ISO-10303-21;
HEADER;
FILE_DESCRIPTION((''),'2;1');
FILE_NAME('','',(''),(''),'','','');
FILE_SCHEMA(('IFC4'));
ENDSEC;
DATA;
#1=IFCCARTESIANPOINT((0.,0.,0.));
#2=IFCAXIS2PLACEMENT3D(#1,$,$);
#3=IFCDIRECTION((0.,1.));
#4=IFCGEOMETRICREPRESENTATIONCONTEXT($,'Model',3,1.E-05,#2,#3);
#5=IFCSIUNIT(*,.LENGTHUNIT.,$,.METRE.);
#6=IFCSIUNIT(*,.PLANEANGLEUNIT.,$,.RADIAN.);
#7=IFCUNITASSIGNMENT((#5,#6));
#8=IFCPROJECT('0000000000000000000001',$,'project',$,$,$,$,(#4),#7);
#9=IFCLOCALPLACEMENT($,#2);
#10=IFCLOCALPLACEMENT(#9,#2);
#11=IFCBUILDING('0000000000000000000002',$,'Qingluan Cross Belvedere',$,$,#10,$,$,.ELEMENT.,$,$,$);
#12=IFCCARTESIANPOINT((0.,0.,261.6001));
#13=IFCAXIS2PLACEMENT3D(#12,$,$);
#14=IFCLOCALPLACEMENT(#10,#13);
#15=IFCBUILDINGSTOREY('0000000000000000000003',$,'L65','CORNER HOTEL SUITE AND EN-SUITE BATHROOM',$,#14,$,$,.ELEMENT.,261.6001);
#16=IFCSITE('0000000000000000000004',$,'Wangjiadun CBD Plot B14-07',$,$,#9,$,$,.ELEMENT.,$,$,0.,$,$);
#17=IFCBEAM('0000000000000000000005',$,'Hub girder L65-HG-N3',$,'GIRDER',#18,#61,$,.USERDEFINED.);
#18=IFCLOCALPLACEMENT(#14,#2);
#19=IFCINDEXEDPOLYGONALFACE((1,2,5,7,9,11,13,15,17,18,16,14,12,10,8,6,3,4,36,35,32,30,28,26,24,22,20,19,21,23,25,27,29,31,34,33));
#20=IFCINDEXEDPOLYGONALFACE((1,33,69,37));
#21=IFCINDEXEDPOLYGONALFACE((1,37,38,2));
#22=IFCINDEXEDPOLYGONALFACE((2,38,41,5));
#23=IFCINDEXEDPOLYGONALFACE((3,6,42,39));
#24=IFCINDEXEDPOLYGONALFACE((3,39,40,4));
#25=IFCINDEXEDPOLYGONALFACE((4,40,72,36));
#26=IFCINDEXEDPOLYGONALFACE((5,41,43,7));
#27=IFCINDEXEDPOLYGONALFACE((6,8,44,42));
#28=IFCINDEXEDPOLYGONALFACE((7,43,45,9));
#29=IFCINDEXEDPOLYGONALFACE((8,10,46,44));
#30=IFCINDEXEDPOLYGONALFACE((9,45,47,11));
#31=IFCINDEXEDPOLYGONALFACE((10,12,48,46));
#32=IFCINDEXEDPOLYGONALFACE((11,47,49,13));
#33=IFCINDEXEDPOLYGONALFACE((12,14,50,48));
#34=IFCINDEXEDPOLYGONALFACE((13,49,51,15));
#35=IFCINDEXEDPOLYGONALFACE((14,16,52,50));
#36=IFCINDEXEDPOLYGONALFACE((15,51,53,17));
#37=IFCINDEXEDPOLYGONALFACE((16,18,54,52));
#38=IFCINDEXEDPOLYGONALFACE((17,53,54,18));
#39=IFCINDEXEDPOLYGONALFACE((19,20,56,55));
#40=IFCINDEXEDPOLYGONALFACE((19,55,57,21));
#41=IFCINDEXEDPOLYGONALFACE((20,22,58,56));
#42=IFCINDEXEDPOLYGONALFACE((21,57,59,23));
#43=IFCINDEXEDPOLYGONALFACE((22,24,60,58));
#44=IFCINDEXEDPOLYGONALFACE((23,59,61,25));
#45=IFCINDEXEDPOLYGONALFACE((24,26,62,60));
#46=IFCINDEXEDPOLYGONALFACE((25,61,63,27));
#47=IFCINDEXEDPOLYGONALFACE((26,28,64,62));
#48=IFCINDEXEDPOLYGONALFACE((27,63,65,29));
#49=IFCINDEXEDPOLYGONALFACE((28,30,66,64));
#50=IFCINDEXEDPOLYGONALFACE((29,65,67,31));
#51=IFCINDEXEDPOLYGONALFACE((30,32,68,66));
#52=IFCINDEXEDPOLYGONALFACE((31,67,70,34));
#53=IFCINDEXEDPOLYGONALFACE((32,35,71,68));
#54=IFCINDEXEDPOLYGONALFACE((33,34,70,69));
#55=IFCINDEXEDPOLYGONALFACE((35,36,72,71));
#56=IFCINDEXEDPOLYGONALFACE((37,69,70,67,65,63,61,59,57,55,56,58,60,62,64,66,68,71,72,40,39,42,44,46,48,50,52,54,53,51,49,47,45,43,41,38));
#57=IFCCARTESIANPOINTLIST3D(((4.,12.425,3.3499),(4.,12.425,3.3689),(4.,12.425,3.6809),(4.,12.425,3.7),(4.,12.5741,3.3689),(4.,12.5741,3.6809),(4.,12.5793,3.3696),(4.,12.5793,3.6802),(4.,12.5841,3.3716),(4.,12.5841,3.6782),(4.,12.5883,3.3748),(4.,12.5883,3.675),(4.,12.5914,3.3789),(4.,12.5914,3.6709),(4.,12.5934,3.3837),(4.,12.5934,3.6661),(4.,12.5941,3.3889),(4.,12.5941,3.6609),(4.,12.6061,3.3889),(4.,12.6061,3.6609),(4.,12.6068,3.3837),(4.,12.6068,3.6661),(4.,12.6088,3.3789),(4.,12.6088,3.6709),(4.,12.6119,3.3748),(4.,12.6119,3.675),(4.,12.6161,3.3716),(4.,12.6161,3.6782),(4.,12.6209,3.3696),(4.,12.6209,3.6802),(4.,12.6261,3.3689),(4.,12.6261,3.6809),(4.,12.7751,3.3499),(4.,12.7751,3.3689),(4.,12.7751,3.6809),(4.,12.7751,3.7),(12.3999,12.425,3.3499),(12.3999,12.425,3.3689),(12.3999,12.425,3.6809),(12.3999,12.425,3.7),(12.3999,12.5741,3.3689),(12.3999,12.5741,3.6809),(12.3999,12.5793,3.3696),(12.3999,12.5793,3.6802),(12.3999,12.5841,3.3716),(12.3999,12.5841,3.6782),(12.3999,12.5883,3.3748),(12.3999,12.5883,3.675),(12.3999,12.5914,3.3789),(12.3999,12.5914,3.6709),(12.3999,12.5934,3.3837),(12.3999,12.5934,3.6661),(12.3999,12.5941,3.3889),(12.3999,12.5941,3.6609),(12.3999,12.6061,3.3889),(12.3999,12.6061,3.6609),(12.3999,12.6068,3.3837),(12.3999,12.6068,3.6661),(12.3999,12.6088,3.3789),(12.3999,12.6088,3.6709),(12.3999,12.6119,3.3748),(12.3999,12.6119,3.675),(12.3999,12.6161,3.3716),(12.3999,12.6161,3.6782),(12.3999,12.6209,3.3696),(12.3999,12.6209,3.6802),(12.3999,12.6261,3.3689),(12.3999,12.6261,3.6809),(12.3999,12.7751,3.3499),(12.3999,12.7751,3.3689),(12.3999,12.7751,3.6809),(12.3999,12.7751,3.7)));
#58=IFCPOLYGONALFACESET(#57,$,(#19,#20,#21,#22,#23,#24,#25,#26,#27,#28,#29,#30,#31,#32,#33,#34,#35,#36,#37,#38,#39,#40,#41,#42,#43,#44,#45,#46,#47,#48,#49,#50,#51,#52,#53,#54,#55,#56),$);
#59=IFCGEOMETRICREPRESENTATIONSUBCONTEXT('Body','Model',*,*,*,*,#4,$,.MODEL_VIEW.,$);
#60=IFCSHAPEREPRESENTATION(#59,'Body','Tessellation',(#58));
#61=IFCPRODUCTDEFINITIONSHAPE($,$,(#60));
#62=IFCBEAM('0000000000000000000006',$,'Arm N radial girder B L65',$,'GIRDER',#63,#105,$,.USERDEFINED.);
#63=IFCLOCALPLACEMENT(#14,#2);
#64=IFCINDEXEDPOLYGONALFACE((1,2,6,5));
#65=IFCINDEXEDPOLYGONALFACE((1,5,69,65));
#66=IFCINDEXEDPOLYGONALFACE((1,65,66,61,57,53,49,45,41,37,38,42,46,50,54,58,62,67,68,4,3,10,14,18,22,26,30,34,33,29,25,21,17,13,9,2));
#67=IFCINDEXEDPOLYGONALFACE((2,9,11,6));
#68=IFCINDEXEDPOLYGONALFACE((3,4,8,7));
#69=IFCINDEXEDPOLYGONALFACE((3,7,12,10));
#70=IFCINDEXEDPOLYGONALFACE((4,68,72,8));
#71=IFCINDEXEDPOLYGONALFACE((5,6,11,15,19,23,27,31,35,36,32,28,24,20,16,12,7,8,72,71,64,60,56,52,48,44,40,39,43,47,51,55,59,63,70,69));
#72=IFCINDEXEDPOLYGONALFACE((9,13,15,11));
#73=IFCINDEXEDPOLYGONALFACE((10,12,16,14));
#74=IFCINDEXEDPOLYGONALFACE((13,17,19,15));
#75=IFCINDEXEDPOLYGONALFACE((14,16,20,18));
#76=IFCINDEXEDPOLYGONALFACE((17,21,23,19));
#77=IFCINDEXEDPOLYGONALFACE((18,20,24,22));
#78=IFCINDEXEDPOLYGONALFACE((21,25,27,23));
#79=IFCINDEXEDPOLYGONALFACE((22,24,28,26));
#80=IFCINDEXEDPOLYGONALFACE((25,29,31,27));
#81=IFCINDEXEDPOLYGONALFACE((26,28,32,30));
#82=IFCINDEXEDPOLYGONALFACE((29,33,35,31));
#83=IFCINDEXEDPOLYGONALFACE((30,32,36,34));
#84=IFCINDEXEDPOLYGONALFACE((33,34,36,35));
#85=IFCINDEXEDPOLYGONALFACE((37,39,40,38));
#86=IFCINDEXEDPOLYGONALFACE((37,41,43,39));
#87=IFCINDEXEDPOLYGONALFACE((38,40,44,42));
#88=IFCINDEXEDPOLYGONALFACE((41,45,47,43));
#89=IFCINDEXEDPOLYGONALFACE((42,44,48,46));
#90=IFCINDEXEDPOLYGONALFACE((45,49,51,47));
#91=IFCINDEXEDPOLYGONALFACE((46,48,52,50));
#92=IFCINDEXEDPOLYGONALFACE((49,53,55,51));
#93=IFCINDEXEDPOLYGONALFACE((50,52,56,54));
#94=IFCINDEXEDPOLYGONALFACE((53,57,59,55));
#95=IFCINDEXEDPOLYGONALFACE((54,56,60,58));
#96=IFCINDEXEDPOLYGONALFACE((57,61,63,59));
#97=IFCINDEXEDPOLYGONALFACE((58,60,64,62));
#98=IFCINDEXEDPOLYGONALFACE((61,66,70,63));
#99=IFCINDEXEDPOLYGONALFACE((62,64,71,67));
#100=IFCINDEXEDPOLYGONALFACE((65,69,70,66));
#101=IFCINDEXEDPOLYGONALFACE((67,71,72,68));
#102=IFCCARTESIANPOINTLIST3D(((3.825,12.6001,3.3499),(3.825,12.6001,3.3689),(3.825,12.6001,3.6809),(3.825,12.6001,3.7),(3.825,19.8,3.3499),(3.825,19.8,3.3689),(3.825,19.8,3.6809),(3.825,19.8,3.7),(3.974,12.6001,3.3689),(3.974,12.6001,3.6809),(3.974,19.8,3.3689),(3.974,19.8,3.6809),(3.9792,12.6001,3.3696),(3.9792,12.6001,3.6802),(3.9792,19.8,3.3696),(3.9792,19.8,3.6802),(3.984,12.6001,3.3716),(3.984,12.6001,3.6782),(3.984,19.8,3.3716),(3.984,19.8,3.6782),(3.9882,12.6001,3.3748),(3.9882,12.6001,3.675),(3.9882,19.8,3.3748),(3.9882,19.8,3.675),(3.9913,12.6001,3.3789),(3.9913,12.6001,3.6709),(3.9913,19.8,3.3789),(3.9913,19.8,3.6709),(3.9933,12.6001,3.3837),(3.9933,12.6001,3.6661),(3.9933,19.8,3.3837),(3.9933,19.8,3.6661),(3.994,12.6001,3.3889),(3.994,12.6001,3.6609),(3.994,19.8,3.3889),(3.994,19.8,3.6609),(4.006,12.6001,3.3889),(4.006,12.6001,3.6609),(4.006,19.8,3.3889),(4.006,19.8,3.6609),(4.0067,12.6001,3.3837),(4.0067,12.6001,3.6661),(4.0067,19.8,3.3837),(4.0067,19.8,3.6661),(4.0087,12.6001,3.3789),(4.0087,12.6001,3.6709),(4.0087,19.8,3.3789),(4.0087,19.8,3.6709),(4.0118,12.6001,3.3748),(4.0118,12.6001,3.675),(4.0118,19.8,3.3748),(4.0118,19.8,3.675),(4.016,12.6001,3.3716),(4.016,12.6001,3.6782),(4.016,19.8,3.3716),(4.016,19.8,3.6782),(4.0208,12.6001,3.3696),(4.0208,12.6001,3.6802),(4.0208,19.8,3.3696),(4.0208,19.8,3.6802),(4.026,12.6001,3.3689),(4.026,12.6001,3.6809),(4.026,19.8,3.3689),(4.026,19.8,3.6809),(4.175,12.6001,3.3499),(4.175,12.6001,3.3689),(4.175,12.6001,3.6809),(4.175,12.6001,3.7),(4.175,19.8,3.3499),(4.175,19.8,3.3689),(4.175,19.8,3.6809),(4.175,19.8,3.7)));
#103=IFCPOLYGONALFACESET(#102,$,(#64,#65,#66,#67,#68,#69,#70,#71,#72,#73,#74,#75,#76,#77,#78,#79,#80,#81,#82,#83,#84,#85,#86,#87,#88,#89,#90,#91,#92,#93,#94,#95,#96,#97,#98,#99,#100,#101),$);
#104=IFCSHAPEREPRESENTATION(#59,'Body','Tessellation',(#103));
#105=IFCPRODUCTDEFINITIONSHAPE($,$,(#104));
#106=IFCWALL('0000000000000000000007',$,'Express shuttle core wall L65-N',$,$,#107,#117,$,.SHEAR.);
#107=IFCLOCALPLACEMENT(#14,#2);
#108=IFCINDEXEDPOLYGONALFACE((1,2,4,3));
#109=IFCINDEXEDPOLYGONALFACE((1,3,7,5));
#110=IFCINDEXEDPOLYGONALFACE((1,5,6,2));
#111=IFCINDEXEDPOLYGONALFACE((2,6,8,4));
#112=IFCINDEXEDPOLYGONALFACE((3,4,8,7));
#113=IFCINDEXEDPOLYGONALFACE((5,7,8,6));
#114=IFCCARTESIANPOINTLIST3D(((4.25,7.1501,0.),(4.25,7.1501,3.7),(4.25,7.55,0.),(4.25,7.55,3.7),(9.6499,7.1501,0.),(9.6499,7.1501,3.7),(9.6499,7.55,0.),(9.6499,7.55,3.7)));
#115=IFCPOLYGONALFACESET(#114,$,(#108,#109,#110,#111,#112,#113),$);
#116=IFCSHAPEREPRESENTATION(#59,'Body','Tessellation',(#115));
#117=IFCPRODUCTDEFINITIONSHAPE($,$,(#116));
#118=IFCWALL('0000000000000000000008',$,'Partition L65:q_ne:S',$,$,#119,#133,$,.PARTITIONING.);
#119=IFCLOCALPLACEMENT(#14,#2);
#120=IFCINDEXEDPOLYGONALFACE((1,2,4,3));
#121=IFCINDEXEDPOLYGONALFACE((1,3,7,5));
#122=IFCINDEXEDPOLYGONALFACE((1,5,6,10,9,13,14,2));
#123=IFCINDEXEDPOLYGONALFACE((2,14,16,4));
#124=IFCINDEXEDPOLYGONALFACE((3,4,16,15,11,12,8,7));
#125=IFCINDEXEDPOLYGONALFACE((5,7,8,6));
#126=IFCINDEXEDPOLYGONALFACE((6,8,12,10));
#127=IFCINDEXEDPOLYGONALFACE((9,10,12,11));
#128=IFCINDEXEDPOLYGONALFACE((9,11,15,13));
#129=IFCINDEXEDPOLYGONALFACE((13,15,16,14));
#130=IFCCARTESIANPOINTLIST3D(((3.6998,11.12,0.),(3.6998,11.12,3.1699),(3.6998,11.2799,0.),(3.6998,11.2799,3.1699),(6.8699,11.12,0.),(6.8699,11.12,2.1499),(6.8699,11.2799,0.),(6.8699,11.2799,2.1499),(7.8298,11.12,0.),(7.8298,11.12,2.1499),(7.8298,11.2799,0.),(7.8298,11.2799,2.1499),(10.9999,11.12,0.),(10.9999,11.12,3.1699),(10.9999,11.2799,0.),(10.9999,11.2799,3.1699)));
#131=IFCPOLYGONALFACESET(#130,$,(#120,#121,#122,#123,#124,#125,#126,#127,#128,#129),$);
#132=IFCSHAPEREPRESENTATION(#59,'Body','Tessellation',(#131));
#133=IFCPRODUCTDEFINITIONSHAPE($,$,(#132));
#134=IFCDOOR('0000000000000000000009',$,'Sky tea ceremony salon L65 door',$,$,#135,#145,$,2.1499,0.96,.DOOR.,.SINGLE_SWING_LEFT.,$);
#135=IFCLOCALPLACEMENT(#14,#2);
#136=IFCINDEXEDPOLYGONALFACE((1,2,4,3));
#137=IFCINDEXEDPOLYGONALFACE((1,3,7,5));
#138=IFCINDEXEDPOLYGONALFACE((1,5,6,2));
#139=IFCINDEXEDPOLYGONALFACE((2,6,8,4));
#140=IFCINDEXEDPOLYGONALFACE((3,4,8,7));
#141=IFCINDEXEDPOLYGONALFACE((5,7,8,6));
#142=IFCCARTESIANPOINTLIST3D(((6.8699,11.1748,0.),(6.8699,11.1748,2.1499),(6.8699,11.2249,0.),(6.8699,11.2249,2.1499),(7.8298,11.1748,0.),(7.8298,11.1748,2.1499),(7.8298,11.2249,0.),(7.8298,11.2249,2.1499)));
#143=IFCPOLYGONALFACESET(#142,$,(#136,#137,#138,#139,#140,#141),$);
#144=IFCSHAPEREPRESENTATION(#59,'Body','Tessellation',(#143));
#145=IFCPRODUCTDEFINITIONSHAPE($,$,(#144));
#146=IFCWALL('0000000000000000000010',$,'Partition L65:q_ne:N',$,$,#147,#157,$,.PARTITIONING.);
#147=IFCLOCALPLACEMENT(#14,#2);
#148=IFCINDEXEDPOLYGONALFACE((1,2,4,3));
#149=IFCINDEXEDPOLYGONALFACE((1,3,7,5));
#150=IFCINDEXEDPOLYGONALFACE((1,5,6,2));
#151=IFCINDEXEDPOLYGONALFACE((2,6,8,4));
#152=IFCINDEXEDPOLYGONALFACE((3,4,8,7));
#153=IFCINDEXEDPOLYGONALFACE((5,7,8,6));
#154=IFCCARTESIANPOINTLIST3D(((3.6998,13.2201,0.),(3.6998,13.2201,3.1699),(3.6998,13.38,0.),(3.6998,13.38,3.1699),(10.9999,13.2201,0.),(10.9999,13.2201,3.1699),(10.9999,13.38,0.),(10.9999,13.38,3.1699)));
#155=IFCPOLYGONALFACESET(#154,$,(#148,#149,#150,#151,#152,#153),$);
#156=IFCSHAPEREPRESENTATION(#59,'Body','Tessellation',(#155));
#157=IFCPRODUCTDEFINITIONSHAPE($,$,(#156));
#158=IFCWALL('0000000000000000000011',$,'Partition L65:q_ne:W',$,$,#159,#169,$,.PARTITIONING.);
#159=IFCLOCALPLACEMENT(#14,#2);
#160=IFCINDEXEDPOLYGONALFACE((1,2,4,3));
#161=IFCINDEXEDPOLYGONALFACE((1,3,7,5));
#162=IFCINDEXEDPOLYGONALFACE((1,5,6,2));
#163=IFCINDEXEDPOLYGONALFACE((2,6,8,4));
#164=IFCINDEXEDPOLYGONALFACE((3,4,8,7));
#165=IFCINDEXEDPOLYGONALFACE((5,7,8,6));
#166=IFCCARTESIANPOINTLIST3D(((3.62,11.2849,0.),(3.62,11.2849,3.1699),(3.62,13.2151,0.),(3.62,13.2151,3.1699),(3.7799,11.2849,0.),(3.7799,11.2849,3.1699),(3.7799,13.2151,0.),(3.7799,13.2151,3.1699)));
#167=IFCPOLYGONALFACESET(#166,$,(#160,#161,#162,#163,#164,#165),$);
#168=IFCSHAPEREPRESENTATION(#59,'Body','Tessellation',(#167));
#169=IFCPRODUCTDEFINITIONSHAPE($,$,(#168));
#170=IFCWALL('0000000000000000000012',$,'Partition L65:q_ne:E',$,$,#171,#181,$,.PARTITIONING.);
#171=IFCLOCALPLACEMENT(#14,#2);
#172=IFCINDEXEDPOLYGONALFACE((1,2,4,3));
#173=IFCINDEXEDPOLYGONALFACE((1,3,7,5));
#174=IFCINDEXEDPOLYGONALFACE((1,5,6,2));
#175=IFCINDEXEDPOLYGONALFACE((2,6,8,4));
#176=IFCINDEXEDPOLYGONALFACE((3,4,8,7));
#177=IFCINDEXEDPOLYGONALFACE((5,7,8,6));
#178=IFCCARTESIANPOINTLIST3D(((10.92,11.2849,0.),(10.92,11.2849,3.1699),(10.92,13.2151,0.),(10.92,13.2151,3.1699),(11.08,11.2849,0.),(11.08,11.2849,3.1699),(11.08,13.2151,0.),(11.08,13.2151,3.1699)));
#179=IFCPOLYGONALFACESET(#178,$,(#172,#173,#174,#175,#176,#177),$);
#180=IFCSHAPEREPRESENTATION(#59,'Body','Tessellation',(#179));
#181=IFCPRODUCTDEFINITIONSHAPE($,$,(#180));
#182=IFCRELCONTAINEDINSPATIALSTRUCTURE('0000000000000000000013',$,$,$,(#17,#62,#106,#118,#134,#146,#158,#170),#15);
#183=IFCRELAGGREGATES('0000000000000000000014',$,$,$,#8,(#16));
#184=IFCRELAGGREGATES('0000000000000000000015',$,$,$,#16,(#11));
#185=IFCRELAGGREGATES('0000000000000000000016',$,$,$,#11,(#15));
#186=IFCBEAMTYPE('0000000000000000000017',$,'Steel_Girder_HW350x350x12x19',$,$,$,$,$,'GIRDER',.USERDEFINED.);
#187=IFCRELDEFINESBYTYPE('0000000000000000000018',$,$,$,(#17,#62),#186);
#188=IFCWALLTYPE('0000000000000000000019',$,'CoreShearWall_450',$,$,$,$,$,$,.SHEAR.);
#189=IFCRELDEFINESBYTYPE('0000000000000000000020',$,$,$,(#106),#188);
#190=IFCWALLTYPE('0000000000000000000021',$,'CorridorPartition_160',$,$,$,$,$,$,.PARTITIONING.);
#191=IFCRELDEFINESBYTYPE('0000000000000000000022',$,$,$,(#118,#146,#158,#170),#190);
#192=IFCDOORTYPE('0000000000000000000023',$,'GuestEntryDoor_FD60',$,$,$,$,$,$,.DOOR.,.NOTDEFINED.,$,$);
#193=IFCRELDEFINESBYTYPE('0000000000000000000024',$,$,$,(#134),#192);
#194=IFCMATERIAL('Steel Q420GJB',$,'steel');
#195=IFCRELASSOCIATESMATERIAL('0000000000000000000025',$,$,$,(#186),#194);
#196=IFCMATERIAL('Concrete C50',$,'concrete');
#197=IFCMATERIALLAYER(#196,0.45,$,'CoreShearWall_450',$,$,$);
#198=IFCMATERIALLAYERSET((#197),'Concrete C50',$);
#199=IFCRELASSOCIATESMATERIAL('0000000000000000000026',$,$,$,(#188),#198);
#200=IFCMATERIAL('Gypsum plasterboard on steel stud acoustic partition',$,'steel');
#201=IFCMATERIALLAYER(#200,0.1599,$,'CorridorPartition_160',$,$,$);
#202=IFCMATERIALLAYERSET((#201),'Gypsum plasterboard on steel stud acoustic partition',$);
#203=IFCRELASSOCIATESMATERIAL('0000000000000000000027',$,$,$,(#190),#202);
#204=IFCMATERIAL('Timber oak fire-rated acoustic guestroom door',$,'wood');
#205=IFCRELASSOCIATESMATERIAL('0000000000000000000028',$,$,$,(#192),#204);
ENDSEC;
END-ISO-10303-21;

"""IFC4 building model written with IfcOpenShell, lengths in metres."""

from ifc_helpers import new_model, si_unit, direction, frame, frame_2d, origin, origin_2d, place, context, subcontext, project, spatial, rectangle, i_section, extrude, material, layer, layer_set, material_profile, profile_set, type_object, element, fill, save


model = new_model("IFC4")

# Units and contexts
model_context = context("Model", 3, precision=1e-05, world=origin(), true_north=direction((0.0, 1.0)))
body_context = subcontext(model_context, "Body", "Model", "MODEL_VIEW")
ifc_project = project(units=[si_unit("LENGTHUNIT", "METRE"), si_unit("PLANEANGLEUNIT", "RADIAN")], contexts=[model_context])

# Site, building, storey
site_placement = place(None, origin())
site = spatial("IfcSite", under=ifc_project, at=site_placement, Name="Wangjiadun CBD Plot B14-07", CompositionType="ELEMENT", RefElevation=0.0)
building_placement = place(site_placement, origin())
building = spatial("IfcBuilding", under=site, at=building_placement, Name="Qingluan Cross Belvedere", CompositionType="ELEMENT")
storey_placement = place(building_placement, frame((0.0, 0.0, 261.6001)))
storey = spatial("IfcBuildingStorey", under=building, at=storey_placement, Name="L65", Description="CORNER HOTEL SUITE AND EN-SUITE BATHROOM", CompositionType="ELEMENT", Elevation=261.6001)

# Beams
ifc_material_1 = material(Name="Steel Q420GJB", Category="steel")
ifc_material_profile_1 = material_profile(ifc_material_1, i_section(OverallWidth=0.3501, OverallDepth=0.3501, WebThickness=0.012, FlangeThickness=0.019, FilletRadius=0.02, at=origin_2d()), Name="HW350x350x12x19")
ifc_profile_set_1 = profile_set([ifc_material_profile_1], Name="Steel Q420GJB")
beam_type_1 = type_object("IfcBeamType", Name="Steel_Girder_HW350x350x12x19", ElementType="GIRDER", PredefinedType="USERDEFINED", material=ifc_profile_set_1)
beam_1_placement = place(storey_placement, frame((4.0, 12.6001, 3.5249), z_axis=(1.0, 0.0, 0.0), x_axis=(0.0, 1.0, 0.0)))
element("IfcBeam", 1, at=beam_1_placement, inside=storey, type_object=beam_type_1, Name="Hub girder L65-HG-N3", ObjectType="GIRDER", PredefinedType="USERDEFINED", context=body_context, shape_type="SweptSolid", body=[
    extrude(i_section(OverallWidth=0.3501, OverallDepth=0.3501, WebThickness=0.012, FlangeThickness=0.019, FilletRadius=0.02, at=origin_2d()), origin(), (0.0, 0.0, 1.0), 8.3999),
])
beam_2_placement = place(storey_placement, frame((4.0, 12.6001, 3.5249), z_axis=(0.0, 1.0, 0.0), x_axis=(-1.0, 0.0, 0.0)))
element("IfcBeam", 2, at=beam_2_placement, inside=storey, type_object=beam_type_1, Name="Arm N radial girder B L65", ObjectType="GIRDER", PredefinedType="USERDEFINED", context=body_context, shape_type="SweptSolid", body=[
    extrude(i_section(OverallWidth=0.3501, OverallDepth=0.3501, WebThickness=0.012, FlangeThickness=0.019, FilletRadius=0.02, at=origin_2d()), origin(), (0.0, 0.0, 1.0), 7.2),
])

# Wall
ifc_material_2 = material(Name="Concrete C50", Category="concrete")
ifc_layer_1 = layer(ifc_material_2, 0.45, Name="CoreShearWall_450")
ifc_layer_set_1 = layer_set([ifc_layer_1], Name="Concrete C50")
wall_type_1 = type_object("IfcWallType", Name="CoreShearWall_450", PredefinedType="SHEAR", material=ifc_layer_set_1)
wall_1_placement = place(storey_placement, frame((4.25, 7.3501, 0.0), z_axis=(0.0, 0.0, 1.0), x_axis=(1.0, 0.0, 0.0)))
element("IfcWall", 3, at=wall_1_placement, inside=storey, type_object=wall_type_1, Name="Express shuttle core wall L65-N", PredefinedType="SHEAR", context=body_context, shape_type="SweptSolid", body=[
    extrude(rectangle(XDim=5.3999, YDim=0.3999, at=frame_2d((2.7, 0.0))), origin(), (0.0, 0.0, 1.0), 3.7),
])

# Wall, opening, door
ifc_material_3 = material(Name="Gypsum plasterboard on steel stud acoustic partition", Category="steel")
ifc_layer_2 = layer(ifc_material_3, 0.1599, Name="CorridorPartition_160")
ifc_layer_set_2 = layer_set([ifc_layer_2], Name="Gypsum plasterboard on steel stud acoustic partition")
wall_type_2 = type_object("IfcWallType", Name="CorridorPartition_160", PredefinedType="PARTITIONING", material=ifc_layer_set_2)
wall_2_placement = place(storey_placement, frame((3.7, 11.2, 0.0), z_axis=(0.0, 0.0, 1.0), x_axis=(1.0, 0.0, 0.0)))
wall_2 = element("IfcWall", 4, at=wall_2_placement, inside=storey, type_object=wall_type_2, Name="Partition L65:q_ne:S", PredefinedType="PARTITIONING", context=body_context, shape_type="SweptSolid", body=[
    extrude(rectangle(XDim=7.3, YDim=0.1599, at=frame_2d((3.6499, 0.0))), origin(), (0.0, 0.0, 1.0), 3.1699),
])
opening_1_placement = place(wall_2_placement, frame((3.1699, 0.0, 0.0)))
opening_1 = element("IfcOpeningElement", 5, at=opening_1_placement, cuts=wall_2, PredefinedType="OPENING", context=body_context, shape_type="SweptSolid", body=[
    extrude(rectangle(XDim=0.96, YDim=2.1499, at=frame_2d((0.48, 1.075))), frame((0.0, 0.0898, 0.0), z_axis=(0.0, -1.0, 0.0), x_axis=(1.0, 0.0, 0.0)), (0.0, 0.0, 1.0), 0.1799),
])
ifc_material_4 = material(Name="Timber oak fire-rated acoustic guestroom door", Category="wood")
door_type = type_object("IfcDoorType", Name="GuestEntryDoor_FD60", OperationType="NOTDEFINED", PredefinedType="DOOR", material=ifc_material_4)
door_1_placement = place(opening_1_placement, origin())
door_1 = element("IfcDoor", 6, at=door_1_placement, inside=storey, type_object=door_type, Name="Sky tea ceremony salon L65 door", OperationType="SINGLE_SWING_LEFT", OverallHeight=2.1499, OverallWidth=0.96, PredefinedType="DOOR", context=body_context, shape_type="SweptSolid", body=[
    extrude(rectangle(XDim=0.96, YDim=2.1499, at=frame_2d((0.48, 1.075))), frame((0.0, 0.0249, 0.0), z_axis=(0.0, -1.0, 0.0), x_axis=(1.0, 0.0, 0.0)), (0.0, 0.0, 1.0), 0.05),
])
fill(opening_1, door_1)

# Walls
wall_3_placement = place(storey_placement, frame((3.7, 13.3, 0.0), z_axis=(0.0, 0.0, 1.0), x_axis=(1.0, 0.0, 0.0)))
element("IfcWall", 7, at=wall_3_placement, inside=storey, type_object=wall_type_2, Name="Partition L65:q_ne:N", PredefinedType="PARTITIONING", context=body_context, shape_type="SweptSolid", body=[
    extrude(rectangle(XDim=7.3, YDim=0.1599, at=frame_2d((3.6499, 0.0))), origin(), (0.0, 0.0, 1.0), 3.1699),
])
for number, where, z_axis, x_axis, name in (
    (8, (3.7, 11.2849, 0.0), (0.0, 0.0, 1.0), (0.0, 1.0, 0.0), "Partition L65:q_ne:W"),
    (9, (11.0, 11.2849, 0.0), (0.0, 0.0, 1.0), (0.0, 1.0, 0.0), "Partition L65:q_ne:E"),
):
    element("IfcWall", number, at=place(storey_placement, frame(where, z_axis=z_axis, x_axis=x_axis)), inside=storey, type_object=wall_type_2, Name=name, PredefinedType="PARTITIONING", context=body_context, shape_type="SweptSolid", body=[
        extrude(rectangle(XDim=1.9302, YDim=0.1599, at=frame_2d((0.9651, 0.0))), origin(), (0.0, 0.0, 1.0), 3.1699),
    ])

save(model, "model.ifc")
